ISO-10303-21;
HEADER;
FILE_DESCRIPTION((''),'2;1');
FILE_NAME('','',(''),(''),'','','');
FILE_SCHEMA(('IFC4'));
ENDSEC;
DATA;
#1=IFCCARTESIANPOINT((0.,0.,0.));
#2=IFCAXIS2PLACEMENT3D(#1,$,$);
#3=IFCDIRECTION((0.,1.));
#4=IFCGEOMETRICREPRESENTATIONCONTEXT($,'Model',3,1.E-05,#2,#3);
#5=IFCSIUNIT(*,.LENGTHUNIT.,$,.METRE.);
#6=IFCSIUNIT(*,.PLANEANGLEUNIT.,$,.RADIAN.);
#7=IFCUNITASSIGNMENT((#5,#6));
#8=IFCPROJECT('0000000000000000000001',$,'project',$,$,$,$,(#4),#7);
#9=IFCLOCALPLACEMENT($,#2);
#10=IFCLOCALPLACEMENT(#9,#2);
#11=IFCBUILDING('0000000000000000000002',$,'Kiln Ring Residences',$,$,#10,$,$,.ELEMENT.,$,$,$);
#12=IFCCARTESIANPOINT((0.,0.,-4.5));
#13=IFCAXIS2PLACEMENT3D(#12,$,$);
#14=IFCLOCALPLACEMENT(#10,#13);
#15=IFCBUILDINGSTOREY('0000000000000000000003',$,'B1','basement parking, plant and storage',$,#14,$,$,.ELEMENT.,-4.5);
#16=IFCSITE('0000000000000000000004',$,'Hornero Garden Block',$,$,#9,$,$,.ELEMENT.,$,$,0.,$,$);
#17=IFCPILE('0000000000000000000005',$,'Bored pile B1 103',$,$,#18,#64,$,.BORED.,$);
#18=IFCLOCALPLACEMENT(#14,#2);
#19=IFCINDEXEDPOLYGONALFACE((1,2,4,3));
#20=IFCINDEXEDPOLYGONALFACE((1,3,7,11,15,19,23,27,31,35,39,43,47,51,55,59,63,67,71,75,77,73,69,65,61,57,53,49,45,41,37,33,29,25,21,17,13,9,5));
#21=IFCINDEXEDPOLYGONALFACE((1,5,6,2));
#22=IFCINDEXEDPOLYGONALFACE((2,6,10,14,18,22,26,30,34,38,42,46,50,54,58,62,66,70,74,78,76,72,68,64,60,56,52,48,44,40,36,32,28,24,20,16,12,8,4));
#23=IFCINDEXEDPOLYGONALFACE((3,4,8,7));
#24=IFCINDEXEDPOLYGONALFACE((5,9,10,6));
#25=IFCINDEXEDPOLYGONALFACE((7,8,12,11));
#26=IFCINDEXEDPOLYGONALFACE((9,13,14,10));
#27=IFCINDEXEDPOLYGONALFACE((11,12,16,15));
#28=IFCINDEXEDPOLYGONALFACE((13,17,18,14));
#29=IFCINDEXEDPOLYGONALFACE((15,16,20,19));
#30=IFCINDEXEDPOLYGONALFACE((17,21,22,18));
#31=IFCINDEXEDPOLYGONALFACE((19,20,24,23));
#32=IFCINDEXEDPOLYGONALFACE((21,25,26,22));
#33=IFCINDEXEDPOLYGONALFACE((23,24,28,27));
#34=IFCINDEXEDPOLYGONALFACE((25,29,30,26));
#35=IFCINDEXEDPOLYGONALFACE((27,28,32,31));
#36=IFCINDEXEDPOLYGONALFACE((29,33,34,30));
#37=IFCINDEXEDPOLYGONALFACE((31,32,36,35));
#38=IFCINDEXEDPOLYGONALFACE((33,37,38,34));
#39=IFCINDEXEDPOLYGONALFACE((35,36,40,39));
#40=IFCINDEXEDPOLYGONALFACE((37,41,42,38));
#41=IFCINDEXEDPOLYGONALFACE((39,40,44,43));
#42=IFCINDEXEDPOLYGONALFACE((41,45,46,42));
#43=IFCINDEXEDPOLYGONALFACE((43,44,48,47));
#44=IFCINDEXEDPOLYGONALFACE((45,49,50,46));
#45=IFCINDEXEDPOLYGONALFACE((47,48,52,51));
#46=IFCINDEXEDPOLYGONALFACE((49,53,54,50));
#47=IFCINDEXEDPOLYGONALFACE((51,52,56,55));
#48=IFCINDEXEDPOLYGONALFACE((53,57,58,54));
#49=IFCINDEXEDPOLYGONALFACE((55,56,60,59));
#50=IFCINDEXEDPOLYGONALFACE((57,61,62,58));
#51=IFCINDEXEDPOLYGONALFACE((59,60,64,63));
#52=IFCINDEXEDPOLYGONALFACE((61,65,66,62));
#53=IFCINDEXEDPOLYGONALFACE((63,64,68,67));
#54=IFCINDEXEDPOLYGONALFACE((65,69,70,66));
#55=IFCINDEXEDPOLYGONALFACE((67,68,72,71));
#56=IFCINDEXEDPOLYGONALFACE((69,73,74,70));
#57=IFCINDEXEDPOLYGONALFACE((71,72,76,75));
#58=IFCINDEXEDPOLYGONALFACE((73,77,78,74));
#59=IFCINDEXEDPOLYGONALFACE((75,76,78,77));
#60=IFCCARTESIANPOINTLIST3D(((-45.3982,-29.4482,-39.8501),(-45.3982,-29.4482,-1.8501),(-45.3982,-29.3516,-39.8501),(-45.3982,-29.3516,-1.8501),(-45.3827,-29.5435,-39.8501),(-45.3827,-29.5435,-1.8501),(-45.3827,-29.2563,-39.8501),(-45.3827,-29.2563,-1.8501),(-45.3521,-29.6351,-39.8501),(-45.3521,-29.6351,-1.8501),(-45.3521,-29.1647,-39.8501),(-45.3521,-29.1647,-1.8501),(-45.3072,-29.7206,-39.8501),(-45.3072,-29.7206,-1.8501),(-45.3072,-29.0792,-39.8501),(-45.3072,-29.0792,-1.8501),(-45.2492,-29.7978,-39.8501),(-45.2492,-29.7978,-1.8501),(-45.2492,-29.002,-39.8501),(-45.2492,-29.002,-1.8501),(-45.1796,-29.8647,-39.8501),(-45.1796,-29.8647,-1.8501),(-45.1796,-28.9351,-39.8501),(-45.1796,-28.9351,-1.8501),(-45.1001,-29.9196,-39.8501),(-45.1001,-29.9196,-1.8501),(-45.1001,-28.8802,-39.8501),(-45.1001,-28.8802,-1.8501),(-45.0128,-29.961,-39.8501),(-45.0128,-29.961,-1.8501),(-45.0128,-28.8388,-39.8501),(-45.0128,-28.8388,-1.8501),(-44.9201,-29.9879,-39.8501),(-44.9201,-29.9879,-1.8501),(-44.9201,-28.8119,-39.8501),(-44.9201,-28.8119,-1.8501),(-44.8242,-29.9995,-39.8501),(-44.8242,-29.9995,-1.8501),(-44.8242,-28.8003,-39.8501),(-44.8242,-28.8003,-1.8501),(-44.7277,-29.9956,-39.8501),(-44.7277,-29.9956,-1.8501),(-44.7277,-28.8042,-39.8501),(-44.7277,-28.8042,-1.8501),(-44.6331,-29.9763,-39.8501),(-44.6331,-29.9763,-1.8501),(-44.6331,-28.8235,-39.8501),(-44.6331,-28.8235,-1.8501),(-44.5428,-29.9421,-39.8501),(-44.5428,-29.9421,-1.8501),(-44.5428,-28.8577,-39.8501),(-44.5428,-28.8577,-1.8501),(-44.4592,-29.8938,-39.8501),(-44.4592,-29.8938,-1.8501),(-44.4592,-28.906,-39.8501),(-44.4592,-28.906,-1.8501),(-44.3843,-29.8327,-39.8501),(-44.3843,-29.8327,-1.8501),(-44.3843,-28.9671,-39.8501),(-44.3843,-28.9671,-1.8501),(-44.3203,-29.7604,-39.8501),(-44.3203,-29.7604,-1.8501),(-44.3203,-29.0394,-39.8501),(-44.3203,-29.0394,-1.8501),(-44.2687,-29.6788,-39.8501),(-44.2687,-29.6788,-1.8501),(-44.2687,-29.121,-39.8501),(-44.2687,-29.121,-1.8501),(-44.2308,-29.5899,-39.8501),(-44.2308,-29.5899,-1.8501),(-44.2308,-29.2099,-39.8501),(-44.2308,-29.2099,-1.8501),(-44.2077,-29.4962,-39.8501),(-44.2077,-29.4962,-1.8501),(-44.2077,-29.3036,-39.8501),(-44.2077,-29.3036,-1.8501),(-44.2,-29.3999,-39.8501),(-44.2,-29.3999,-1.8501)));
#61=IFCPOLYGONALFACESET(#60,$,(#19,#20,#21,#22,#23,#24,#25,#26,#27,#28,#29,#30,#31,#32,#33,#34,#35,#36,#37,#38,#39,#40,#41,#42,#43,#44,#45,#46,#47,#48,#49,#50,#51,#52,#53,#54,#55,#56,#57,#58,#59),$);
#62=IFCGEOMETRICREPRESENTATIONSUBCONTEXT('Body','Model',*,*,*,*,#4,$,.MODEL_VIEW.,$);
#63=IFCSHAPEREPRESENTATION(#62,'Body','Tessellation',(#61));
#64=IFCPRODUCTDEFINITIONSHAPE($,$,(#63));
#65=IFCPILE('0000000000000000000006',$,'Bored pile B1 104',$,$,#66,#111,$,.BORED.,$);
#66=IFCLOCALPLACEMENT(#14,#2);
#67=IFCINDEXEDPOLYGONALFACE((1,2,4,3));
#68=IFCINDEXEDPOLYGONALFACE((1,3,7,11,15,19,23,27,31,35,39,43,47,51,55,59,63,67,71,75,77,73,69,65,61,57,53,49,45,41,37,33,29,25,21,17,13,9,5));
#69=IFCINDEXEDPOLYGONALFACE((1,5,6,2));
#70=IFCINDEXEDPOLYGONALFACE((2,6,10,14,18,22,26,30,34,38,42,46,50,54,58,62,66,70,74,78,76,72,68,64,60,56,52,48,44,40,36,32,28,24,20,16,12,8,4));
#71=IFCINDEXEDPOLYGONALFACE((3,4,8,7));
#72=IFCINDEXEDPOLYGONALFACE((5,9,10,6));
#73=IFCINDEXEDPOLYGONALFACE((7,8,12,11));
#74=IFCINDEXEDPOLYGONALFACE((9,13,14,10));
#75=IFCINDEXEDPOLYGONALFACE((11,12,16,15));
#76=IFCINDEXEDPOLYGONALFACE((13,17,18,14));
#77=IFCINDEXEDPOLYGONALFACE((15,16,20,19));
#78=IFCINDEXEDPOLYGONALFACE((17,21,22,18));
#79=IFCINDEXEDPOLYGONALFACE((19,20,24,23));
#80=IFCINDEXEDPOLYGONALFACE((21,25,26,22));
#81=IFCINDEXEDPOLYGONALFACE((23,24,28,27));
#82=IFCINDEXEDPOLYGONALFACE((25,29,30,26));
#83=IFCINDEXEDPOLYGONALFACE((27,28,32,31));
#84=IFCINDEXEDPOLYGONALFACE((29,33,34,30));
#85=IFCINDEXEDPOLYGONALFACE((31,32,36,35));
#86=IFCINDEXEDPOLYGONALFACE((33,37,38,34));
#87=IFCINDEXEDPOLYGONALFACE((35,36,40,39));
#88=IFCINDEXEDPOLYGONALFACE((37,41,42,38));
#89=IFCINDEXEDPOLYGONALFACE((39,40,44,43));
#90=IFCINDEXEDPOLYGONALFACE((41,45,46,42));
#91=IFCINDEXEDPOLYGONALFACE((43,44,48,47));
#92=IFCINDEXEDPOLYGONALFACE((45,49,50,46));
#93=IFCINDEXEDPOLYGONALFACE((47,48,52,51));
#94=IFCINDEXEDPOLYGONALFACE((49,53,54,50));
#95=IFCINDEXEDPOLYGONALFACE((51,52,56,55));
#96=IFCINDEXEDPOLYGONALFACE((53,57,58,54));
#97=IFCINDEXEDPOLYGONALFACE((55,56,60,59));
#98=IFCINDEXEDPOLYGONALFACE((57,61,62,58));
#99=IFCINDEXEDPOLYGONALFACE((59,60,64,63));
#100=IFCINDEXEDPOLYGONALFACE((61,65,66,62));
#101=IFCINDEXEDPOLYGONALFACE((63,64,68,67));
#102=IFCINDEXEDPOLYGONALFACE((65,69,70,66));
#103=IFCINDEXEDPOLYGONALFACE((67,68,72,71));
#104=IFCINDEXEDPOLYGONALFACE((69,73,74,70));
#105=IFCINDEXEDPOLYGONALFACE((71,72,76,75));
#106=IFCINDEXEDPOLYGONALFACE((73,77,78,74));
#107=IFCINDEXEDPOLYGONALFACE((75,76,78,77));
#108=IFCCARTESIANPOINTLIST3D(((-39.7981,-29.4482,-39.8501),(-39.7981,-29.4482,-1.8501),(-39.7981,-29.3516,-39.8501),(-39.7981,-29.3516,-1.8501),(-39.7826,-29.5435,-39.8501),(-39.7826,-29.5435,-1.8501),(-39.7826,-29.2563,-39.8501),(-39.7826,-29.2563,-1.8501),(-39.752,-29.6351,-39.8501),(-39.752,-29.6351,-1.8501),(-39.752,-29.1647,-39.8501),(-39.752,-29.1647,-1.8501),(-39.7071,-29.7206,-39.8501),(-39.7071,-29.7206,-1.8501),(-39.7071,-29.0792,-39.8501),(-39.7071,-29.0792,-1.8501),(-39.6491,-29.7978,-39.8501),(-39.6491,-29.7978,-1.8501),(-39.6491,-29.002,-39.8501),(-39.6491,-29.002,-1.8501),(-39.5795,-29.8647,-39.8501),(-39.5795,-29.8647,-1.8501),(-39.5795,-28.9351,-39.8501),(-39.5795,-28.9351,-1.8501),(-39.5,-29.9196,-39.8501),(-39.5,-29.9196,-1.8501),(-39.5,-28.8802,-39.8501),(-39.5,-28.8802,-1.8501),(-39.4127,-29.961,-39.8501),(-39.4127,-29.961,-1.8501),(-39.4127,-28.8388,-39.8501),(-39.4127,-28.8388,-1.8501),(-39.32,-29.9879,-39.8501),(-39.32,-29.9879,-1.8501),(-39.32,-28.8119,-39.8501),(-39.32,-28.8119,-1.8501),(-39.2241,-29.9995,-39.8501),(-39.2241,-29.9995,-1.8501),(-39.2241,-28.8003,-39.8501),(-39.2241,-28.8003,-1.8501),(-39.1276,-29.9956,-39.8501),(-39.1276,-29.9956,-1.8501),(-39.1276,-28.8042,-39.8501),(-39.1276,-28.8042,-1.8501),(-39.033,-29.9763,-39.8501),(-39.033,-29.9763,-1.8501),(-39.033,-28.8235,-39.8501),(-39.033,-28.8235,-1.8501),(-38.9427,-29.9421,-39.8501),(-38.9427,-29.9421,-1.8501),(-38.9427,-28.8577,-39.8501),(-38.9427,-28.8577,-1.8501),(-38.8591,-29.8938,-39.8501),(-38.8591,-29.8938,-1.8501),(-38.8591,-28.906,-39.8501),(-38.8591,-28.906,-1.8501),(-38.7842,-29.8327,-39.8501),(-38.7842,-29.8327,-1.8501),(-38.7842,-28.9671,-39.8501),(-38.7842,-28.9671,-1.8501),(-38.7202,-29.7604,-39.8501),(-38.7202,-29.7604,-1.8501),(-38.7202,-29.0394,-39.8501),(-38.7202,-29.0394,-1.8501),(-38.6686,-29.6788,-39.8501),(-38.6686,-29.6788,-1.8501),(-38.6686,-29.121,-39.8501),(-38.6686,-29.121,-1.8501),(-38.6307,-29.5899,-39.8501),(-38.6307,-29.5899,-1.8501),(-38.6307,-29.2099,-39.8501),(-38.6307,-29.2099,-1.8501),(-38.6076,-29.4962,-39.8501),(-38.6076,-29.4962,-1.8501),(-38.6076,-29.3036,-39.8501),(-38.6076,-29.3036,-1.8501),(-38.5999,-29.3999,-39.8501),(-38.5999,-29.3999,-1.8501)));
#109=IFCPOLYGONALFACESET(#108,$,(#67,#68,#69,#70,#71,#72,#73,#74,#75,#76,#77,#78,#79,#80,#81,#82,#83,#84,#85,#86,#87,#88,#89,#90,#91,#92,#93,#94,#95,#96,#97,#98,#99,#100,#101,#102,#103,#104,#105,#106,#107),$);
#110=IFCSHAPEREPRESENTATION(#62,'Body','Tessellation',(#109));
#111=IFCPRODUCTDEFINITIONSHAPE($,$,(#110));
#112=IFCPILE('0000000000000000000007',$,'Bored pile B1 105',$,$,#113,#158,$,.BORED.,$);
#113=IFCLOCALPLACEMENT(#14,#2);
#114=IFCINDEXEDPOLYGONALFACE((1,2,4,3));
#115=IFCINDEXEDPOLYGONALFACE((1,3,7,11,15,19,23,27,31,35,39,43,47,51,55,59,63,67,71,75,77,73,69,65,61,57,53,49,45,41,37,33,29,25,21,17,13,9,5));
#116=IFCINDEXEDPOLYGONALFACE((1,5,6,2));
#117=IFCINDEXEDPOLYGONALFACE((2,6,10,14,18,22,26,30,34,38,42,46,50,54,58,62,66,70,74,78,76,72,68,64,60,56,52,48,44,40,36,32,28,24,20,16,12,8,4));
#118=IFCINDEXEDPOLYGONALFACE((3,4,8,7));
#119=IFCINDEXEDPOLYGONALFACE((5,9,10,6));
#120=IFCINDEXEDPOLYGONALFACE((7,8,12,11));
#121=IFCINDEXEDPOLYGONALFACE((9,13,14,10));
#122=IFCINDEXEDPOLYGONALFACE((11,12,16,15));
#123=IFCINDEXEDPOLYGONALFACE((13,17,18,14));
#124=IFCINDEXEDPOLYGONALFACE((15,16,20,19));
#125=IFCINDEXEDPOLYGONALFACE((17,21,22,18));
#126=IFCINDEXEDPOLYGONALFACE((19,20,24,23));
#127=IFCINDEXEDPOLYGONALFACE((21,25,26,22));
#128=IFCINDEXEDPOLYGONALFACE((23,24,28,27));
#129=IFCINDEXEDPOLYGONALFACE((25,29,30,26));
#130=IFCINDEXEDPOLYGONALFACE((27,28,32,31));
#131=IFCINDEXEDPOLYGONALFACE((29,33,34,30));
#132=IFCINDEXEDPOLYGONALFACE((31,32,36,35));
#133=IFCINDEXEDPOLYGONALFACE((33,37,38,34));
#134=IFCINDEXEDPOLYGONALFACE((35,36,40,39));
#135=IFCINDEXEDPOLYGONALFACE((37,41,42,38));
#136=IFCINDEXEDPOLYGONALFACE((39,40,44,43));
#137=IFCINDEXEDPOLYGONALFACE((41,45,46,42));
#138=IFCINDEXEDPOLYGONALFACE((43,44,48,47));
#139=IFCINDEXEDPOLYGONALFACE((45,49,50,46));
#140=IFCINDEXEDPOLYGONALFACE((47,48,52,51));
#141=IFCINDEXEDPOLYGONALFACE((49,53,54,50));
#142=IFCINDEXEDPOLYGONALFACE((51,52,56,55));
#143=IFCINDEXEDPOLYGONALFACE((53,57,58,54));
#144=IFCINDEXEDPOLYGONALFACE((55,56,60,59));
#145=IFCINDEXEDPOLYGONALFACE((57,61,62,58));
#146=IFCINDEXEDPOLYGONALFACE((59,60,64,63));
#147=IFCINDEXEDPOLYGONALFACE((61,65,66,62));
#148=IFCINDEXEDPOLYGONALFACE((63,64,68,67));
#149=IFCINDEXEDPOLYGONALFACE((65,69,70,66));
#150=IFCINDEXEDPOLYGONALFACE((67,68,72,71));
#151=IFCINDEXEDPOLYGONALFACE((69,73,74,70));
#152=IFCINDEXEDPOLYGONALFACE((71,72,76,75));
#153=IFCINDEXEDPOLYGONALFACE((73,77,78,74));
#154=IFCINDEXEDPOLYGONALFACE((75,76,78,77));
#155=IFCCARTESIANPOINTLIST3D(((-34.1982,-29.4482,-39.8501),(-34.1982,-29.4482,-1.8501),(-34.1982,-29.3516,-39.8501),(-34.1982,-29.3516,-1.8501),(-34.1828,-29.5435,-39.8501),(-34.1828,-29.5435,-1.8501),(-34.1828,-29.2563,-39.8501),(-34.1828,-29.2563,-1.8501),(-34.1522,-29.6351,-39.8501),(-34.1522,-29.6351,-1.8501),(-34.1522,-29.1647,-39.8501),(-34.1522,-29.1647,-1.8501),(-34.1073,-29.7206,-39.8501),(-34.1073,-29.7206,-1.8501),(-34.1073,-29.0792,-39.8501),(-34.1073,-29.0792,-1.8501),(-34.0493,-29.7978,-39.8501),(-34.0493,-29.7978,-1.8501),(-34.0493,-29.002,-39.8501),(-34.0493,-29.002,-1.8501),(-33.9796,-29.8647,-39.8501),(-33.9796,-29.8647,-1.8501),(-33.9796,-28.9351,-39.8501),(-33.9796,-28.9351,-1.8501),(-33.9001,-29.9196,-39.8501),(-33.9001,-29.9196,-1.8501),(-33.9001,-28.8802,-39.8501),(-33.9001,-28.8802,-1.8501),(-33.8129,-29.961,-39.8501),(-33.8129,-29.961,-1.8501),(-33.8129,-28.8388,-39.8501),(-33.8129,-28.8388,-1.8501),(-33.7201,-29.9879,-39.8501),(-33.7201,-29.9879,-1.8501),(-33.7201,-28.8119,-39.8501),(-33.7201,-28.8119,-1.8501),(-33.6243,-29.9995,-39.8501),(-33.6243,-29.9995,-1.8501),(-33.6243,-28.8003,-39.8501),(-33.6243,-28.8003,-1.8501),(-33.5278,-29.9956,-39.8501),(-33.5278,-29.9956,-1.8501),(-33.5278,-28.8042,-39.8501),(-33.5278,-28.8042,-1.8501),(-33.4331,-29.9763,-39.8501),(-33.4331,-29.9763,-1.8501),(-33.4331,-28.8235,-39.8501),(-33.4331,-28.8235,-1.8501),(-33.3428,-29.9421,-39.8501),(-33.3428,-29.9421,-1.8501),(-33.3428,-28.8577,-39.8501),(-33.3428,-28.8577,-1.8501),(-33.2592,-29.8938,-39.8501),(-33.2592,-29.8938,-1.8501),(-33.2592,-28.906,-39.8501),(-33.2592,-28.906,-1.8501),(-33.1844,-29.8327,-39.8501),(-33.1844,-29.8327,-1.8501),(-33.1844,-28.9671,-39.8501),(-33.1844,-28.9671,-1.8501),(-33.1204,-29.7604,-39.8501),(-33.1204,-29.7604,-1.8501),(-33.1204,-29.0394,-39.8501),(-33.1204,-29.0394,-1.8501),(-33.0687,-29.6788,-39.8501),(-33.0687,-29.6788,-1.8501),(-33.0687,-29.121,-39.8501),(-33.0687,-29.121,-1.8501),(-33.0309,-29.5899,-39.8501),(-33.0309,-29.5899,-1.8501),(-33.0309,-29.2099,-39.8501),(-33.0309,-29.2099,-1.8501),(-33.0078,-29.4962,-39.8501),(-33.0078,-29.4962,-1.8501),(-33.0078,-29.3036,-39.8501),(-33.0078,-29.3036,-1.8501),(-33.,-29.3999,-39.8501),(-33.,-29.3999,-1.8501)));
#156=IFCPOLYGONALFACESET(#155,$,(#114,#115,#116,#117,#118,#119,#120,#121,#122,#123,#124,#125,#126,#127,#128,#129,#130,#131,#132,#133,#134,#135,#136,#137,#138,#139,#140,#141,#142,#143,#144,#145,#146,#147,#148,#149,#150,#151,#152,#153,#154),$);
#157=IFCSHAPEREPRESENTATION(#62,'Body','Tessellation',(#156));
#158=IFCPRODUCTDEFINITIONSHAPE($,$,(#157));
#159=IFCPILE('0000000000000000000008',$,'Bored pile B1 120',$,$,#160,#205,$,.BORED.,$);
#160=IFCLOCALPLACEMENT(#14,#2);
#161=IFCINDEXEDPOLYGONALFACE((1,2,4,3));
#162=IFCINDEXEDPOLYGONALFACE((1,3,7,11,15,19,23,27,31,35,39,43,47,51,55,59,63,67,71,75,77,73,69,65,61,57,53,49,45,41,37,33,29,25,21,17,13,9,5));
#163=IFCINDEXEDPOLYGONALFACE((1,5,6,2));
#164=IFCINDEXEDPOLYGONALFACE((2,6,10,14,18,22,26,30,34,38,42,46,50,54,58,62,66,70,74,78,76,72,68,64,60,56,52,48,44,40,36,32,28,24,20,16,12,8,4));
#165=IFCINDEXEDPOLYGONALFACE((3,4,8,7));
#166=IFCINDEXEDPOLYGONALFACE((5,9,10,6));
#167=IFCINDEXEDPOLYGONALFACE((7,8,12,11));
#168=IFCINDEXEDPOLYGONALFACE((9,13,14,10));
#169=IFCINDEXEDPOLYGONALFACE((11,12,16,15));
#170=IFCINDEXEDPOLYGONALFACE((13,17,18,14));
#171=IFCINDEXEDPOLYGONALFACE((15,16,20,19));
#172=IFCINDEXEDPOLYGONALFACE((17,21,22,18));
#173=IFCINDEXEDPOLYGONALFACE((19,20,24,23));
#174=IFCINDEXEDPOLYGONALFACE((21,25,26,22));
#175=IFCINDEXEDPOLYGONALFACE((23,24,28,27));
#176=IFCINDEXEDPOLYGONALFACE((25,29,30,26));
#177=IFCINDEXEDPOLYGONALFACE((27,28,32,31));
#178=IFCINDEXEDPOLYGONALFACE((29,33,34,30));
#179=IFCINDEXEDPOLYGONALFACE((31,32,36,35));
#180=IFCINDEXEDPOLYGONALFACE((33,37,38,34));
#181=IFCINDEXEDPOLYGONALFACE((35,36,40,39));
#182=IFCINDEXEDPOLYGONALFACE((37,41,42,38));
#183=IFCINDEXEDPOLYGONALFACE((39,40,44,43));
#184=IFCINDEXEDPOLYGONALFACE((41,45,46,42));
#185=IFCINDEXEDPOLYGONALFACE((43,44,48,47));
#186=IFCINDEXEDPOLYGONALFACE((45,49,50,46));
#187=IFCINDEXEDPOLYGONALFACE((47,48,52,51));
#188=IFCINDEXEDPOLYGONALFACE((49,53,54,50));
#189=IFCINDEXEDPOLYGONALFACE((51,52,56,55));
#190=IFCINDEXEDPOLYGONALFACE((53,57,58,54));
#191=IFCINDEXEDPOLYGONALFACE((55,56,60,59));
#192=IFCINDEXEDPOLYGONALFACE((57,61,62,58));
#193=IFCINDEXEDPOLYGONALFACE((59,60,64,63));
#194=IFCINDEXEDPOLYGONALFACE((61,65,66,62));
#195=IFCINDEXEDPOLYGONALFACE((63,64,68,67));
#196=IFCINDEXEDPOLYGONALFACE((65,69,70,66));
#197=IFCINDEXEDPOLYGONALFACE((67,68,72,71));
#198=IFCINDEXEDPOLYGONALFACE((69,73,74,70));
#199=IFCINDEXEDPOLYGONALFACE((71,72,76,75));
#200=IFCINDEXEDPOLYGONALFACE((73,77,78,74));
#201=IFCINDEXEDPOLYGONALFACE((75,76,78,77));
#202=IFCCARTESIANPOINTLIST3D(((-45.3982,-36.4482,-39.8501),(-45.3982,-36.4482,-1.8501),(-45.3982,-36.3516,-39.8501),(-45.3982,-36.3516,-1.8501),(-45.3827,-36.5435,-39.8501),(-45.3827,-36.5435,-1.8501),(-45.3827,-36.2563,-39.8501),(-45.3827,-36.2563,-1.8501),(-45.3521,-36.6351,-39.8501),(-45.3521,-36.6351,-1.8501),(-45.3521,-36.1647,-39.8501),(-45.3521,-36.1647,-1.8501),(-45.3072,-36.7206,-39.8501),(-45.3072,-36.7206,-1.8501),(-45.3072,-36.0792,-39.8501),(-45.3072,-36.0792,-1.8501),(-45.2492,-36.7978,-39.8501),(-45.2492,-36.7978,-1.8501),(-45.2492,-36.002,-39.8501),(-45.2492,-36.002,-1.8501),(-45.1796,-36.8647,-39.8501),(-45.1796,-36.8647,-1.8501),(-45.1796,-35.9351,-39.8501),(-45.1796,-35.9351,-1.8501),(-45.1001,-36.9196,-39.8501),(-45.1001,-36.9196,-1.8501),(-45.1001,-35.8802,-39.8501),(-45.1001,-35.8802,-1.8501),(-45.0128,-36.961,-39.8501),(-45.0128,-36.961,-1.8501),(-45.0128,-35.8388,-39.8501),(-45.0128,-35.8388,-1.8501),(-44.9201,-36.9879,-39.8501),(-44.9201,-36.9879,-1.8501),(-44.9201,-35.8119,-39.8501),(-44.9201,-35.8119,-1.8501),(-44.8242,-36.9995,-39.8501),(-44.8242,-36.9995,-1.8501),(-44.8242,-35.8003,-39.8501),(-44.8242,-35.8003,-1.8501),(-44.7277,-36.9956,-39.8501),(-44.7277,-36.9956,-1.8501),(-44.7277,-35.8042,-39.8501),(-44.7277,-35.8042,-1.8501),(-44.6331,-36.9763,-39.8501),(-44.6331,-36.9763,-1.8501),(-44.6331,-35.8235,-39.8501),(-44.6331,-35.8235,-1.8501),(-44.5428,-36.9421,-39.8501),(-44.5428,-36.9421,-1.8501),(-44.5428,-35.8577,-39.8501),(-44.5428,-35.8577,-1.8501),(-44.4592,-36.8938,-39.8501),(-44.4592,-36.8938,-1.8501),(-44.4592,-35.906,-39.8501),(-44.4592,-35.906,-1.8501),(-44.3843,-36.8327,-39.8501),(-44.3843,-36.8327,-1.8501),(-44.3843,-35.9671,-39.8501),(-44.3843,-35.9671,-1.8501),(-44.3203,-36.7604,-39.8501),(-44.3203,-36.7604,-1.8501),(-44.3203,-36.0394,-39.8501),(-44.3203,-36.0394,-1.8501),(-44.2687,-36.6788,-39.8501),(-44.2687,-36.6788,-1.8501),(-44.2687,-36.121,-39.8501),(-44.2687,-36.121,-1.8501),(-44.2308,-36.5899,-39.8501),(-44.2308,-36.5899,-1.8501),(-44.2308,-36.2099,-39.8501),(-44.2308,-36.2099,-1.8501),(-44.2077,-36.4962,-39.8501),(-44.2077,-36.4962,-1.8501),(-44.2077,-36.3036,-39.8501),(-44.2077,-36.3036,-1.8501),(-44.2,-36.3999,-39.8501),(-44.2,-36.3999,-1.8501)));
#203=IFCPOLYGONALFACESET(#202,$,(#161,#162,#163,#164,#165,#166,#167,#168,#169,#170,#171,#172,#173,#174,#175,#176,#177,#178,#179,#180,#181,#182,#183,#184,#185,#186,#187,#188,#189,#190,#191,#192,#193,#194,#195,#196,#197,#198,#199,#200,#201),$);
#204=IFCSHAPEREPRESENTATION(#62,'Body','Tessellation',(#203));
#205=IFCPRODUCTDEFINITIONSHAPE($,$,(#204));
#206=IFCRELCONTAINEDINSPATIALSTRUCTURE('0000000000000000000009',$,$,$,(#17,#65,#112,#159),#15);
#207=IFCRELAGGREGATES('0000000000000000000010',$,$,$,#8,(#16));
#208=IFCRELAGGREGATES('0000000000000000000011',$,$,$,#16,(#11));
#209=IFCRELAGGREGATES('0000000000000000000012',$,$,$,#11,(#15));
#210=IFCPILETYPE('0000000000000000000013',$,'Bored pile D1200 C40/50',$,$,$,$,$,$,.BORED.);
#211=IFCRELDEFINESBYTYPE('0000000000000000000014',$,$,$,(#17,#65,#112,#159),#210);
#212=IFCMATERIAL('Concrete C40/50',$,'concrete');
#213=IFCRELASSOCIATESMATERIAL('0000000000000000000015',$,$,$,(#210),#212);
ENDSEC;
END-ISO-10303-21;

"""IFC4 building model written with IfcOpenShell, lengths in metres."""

from ifc_helpers import new_model, si_unit, direction, frame, origin, origin_2d, place, context, subcontext, project, spatial, circle, extrude, material, material_profile, profile_set, type_object, element, save


model = new_model("IFC4")

# Units and contexts
model_context = context("Model", 3, precision=1e-05, world=origin(), true_north=direction((0.0, 1.0)))
body_context = subcontext(model_context, "Body", "Model", "MODEL_VIEW")
ifc_project = project(units=[si_unit("LENGTHUNIT", "METRE"), si_unit("PLANEANGLEUNIT", "RADIAN")], contexts=[model_context])

# Site, building, storey
site_placement = place(None, origin())
site = spatial("IfcSite", under=ifc_project, at=site_placement, Name="Hornero Garden Block", CompositionType="ELEMENT", RefElevation=0.0)
building_placement = place(site_placement, origin())
building = spatial("IfcBuilding", under=site, at=building_placement, Name="Kiln Ring Residences", CompositionType="ELEMENT")
storey_placement = place(building_placement, frame((0.0, 0.0, -4.5)))
storey = spatial("IfcBuildingStorey", under=building, at=storey_placement, Name="B1", Description="basement parking, plant and storage", CompositionType="ELEMENT", Elevation=-4.5)

# Piles
ifc_material_1 = material(Name="Concrete C40/50", Category="concrete")
ifc_material_profile_1 = material_profile(ifc_material_1, circle(Radius=0.6001, at=origin_2d()), Name="BORED1200")
ifc_profile_set_1 = profile_set([ifc_material_profile_1], Name="Concrete C40/50")
pile_type = type_object("IfcPileType", Name="Bored pile D1200 C40/50", PredefinedType="BORED", material=ifc_profile_set_1)
for number, where, z_axis, x_axis, name in (
    (1, (-44.8, -29.3999, -1.8501), (0.0, 0.0, -1.0), (1.0, 0.0, 0.0), "Bored pile B1 103"),
    (2, (-39.2, -29.3999, -1.8501), (0.0, 0.0, -1.0), (1.0, 0.0, 0.0), "Bored pile B1 104"),
    (3, (-33.6001, -29.3999, -1.8501), (0.0, 0.0, -1.0), (1.0, 0.0, 0.0), "Bored pile B1 105"),
    (4, (-44.8, -36.3999, -1.8501), (0.0, 0.0, -1.0), (1.0, 0.0, 0.0), "Bored pile B1 120"),
):
    element("IfcPile", number, at=place(storey_placement, frame(where, z_axis=z_axis, x_axis=x_axis)), inside=storey, type_object=pile_type, Name=name, PredefinedType="BORED", context=body_context, shape_type="SweptSolid", body=[
        extrude(circle(Radius=0.6001, at=origin_2d()), origin(), (0.0, 0.0, 1.0), 38.0),
    ])

save(model, "model.ifc")
